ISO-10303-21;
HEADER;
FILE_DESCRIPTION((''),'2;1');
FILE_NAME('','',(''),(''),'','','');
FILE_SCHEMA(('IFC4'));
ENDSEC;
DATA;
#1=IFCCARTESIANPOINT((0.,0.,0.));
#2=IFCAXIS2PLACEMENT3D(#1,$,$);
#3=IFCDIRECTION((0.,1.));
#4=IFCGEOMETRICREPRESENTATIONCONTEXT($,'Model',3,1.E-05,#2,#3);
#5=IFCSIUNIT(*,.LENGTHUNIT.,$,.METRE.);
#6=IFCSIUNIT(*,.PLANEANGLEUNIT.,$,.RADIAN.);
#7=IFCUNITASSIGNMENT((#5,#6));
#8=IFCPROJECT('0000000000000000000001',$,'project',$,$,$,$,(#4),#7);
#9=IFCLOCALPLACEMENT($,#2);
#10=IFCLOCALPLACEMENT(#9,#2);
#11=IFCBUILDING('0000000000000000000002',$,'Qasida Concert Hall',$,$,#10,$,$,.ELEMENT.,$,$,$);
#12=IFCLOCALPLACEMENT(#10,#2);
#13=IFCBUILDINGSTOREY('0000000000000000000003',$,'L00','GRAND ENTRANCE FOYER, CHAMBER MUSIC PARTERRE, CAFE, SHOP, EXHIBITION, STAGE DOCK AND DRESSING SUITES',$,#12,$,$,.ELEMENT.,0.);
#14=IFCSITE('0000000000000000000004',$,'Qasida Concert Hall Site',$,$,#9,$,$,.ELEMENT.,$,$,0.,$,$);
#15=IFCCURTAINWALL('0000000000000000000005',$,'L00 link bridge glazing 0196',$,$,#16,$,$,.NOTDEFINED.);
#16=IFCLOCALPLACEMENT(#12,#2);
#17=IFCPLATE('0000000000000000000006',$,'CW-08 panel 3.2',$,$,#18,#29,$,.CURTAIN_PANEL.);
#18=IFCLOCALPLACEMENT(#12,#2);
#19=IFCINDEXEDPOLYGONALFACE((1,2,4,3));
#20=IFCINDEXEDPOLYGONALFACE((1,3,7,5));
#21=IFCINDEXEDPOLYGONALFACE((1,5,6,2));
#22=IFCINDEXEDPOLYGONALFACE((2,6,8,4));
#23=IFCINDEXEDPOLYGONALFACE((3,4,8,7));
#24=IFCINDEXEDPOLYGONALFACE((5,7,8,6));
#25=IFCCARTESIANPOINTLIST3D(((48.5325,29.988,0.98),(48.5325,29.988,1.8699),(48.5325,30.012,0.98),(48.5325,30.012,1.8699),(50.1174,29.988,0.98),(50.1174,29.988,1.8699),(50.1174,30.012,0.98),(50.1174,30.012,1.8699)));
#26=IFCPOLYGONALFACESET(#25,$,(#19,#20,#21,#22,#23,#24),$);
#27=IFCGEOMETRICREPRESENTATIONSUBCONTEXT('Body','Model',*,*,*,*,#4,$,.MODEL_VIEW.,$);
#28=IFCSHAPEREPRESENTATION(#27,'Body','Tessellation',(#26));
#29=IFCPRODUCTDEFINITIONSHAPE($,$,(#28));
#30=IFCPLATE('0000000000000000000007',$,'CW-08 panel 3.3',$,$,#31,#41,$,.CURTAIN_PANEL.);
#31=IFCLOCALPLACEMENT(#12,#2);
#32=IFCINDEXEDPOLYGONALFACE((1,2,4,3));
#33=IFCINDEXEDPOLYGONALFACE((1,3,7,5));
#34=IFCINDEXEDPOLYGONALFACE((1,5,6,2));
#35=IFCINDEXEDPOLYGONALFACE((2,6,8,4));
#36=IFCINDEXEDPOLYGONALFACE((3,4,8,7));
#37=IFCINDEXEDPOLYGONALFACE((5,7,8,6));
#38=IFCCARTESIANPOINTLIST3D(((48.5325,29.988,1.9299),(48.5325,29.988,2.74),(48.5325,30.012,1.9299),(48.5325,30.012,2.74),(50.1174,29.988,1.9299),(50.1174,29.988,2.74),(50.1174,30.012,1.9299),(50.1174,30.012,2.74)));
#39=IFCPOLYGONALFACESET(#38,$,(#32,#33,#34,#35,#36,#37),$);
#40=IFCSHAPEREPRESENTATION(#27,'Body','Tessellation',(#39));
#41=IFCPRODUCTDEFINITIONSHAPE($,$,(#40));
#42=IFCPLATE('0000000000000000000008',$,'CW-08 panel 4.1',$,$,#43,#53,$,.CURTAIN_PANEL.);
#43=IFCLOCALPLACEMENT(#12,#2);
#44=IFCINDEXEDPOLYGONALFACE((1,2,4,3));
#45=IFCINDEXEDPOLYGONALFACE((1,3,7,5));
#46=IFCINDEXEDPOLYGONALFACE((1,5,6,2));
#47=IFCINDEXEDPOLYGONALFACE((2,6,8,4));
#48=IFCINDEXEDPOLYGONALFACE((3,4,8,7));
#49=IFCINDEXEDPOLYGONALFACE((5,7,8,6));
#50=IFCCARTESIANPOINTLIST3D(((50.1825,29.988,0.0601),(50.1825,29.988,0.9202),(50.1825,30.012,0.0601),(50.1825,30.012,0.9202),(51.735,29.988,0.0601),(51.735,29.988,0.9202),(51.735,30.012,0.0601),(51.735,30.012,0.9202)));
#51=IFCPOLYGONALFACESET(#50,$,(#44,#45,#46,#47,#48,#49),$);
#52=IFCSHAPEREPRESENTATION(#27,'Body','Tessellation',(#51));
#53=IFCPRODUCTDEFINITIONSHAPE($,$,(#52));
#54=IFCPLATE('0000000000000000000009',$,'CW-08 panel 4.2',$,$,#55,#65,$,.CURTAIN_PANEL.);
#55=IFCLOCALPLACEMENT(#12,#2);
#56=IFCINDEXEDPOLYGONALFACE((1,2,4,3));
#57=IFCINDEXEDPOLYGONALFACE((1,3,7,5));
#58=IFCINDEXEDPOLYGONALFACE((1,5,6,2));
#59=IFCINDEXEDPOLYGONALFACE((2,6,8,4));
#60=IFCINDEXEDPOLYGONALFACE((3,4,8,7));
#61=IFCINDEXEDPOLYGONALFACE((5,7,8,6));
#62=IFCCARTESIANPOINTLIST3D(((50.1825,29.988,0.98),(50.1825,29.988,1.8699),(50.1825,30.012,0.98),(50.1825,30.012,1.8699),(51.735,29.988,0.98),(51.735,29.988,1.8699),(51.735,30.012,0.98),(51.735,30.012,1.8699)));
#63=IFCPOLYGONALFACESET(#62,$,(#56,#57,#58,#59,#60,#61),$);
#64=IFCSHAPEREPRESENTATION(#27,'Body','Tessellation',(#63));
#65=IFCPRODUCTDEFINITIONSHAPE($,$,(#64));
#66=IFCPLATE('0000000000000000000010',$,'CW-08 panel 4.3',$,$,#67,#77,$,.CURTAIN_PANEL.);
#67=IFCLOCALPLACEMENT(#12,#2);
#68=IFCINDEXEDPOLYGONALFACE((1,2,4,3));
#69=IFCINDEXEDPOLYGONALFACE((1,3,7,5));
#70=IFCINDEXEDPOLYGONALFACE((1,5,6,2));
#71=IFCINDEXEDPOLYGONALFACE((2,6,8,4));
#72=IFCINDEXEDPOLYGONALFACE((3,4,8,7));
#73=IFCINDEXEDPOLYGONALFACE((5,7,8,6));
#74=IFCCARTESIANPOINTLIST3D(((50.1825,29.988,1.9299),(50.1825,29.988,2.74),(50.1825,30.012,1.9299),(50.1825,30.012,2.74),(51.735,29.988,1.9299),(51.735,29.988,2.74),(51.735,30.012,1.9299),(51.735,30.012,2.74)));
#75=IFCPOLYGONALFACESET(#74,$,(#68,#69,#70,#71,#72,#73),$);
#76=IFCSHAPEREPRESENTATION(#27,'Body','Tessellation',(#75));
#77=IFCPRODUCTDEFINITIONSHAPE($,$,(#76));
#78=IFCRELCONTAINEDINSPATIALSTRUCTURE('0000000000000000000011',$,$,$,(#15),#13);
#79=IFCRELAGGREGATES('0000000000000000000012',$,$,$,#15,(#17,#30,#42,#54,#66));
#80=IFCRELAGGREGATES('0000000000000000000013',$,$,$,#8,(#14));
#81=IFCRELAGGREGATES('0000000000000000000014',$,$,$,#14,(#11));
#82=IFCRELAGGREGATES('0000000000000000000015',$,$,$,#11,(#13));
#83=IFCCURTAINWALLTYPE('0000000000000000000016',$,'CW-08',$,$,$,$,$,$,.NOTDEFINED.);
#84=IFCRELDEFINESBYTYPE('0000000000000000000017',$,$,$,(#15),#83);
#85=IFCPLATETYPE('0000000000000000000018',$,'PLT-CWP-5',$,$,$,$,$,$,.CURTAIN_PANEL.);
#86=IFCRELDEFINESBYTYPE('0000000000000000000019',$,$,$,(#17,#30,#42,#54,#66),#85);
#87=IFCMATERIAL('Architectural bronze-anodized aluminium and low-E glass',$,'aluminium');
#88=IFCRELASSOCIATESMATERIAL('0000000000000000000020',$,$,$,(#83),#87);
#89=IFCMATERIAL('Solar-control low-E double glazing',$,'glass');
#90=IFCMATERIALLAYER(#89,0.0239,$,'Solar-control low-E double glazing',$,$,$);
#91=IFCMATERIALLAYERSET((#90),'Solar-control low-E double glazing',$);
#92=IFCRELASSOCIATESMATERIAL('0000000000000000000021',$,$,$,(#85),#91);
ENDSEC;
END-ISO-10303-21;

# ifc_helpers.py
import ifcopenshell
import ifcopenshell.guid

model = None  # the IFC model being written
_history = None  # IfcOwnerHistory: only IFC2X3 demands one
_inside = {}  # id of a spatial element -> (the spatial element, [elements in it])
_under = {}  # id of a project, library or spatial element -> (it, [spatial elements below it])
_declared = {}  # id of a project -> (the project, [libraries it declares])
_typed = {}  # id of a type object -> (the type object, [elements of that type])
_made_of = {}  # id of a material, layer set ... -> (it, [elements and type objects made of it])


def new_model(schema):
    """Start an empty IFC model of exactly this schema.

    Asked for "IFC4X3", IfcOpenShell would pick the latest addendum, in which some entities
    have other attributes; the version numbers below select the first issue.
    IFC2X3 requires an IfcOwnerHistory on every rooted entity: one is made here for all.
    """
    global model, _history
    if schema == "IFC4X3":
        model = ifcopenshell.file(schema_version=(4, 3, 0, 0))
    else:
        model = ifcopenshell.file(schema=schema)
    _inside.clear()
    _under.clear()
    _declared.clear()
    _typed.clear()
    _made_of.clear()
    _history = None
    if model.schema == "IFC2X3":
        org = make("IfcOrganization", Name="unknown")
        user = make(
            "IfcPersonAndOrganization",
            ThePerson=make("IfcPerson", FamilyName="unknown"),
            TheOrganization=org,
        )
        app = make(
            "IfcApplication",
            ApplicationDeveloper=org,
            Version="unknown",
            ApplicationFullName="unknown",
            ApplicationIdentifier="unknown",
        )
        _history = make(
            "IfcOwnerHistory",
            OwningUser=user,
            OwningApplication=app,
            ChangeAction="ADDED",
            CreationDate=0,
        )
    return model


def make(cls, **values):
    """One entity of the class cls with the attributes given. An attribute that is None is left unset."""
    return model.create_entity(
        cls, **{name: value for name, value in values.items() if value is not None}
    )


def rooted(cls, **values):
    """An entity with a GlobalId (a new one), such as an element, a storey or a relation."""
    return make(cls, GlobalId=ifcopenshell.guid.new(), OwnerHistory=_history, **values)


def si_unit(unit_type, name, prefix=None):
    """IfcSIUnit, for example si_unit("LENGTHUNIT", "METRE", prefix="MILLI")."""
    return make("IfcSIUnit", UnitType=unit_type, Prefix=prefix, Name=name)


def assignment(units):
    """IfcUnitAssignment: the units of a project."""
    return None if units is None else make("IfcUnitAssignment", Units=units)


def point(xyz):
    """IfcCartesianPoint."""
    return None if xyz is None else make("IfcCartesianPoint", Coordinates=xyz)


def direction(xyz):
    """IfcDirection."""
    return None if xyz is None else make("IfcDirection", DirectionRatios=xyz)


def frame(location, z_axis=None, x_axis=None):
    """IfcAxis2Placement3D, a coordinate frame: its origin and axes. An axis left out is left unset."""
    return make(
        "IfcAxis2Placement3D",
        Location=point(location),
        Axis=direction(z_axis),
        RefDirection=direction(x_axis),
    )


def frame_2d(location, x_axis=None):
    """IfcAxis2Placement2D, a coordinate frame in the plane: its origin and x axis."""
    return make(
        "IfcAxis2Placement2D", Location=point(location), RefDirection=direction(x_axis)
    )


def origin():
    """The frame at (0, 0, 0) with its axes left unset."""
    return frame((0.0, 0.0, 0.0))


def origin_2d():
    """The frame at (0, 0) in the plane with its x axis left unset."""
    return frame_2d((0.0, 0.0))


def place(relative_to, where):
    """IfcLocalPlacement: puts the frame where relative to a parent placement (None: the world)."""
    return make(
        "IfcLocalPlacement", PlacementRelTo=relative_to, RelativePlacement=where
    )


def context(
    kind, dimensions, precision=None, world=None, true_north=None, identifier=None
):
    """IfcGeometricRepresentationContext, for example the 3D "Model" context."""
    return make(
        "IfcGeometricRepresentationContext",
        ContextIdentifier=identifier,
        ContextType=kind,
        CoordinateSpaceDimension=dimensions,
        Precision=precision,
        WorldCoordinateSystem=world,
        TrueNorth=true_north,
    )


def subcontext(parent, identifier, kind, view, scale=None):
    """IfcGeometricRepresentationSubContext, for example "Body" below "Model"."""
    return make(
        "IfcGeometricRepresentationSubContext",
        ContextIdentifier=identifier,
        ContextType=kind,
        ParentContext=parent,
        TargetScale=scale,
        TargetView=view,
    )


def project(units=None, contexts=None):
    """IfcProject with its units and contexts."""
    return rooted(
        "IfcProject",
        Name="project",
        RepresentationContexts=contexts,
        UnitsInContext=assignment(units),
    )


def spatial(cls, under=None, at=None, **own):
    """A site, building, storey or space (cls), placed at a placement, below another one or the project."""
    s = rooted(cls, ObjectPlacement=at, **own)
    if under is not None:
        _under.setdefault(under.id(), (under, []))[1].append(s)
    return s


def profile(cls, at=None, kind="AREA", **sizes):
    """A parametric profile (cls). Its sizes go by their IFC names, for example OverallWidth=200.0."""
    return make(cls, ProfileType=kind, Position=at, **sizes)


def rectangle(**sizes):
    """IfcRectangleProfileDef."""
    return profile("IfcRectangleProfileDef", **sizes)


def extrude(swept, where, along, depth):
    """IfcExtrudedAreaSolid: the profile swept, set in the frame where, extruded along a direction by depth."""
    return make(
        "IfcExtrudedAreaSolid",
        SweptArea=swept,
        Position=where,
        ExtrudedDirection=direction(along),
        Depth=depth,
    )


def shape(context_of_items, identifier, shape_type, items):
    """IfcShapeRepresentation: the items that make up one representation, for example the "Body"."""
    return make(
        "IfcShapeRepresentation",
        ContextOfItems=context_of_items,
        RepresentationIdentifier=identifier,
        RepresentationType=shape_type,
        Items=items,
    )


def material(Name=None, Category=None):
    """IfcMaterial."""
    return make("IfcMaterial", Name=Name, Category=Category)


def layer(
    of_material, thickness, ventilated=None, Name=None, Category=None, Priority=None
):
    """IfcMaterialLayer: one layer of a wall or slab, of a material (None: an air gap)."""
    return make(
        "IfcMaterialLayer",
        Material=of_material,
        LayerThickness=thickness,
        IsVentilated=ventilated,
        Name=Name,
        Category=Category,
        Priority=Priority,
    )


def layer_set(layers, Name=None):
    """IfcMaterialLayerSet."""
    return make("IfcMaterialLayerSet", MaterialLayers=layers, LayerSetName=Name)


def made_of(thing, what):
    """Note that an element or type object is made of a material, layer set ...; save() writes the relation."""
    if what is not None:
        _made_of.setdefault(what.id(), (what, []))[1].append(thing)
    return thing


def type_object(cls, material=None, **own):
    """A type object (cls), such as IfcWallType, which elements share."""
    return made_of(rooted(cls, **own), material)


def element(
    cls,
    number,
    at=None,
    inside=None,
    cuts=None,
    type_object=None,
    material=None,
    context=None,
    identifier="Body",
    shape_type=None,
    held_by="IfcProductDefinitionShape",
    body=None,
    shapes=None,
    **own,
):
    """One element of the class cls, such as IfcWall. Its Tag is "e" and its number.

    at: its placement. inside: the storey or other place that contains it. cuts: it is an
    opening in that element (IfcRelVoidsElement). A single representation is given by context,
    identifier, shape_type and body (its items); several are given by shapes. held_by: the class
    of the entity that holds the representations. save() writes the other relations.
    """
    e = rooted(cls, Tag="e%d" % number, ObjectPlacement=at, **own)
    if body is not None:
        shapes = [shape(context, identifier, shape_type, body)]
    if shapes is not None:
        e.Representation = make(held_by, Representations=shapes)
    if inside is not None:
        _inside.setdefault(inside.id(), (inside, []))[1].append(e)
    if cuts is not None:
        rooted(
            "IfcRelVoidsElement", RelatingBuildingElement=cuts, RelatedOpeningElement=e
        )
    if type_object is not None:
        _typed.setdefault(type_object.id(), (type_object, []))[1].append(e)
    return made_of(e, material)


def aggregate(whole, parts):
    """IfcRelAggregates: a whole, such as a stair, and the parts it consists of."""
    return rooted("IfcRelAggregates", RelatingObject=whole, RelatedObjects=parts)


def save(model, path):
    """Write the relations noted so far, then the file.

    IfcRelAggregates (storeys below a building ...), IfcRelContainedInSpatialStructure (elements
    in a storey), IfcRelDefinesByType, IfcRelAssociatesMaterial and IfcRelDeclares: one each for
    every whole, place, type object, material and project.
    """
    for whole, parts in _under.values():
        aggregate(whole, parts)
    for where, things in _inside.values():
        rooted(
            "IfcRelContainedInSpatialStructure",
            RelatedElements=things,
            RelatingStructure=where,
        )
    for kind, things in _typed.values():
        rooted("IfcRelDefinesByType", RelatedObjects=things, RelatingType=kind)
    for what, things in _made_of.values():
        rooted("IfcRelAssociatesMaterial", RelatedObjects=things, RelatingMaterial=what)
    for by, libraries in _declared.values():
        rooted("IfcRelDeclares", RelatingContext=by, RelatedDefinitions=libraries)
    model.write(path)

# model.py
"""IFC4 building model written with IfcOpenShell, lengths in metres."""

from ifc_helpers import new_model, si_unit, direction, frame, origin, origin_2d, place, context, subcontext, project, spatial, rectangle, extrude, material, layer, layer_set, type_object, element, aggregate, save


model = new_model("IFC4")

# Units and contexts
model_context = context("Model", 3, precision=1e-05, world=origin(), true_north=direction((0.0, 1.0)))
body_context = subcontext(model_context, "Body", "Model", "MODEL_VIEW")
ifc_project = project(units=[si_unit("LENGTHUNIT", "METRE"), si_unit("PLANEANGLEUNIT", "RADIAN")], contexts=[model_context])

# Site, building, storey
site_placement = place(None, origin())
site = spatial("IfcSite", under=ifc_project, at=site_placement, Name="Qasida Concert Hall Site", CompositionType="ELEMENT", RefElevation=0.0)
building_placement = place(site_placement, origin())
building = spatial("IfcBuilding", under=site, at=building_placement, Name="Qasida Concert Hall", CompositionType="ELEMENT")
storey_placement = place(building_placement, origin())
storey = spatial("IfcBuildingStorey", under=building, at=storey_placement, Name="L00", Description="GRAND ENTRANCE FOYER, CHAMBER MUSIC PARTERRE, CAFE, SHOP, EXHIBITION, STAGE DOCK AND DRESSING SUITES", CompositionType="ELEMENT", Elevation=0.0)

# Curtain wall, plates
ifc_material_1 = material(Name="Architectural bronze-anodized aluminium and low-E glass", Category="aluminium")
curtain_wall_type = type_object("IfcCurtainWallType", Name="CW-08", PredefinedType="NOTDEFINED", material=ifc_material_1)
curtain_wall_placement = place(storey_placement, origin())
curtain_wall = element("IfcCurtainWall", 1, at=curtain_wall_placement, inside=storey, type_object=curtain_wall_type, Name="L00 link bridge glazing 0196", PredefinedType="NOTDEFINED")
ifc_material_2 = material(Name="Solar-control low-E double glazing", Category="glass")
ifc_layer = layer(ifc_material_2, 0.0239, Name="Solar-control low-E double glazing")
ifc_layer_set = layer_set([ifc_layer], Name="Solar-control low-E double glazing")
plate_type = type_object("IfcPlateType", Name="PLT-CWP-5", PredefinedType="CURTAIN_PANEL", material=ifc_layer_set)
plate_1_placement = place(storey_placement, frame((49.325, 30.0, 0.98), z_axis=(0.0, 0.0, 1.0), x_axis=(1.0, 0.0, 0.0)))
plate_1 = element("IfcPlate", 2, at=plate_1_placement, type_object=plate_type, Name="CW-08 panel 3.2", PredefinedType="CURTAIN_PANEL", context=body_context, shape_type="SweptSolid", body=[
    extrude(rectangle(XDim=1.585, YDim=0.0239, at=origin_2d()), origin(), (0.0, 0.0, 1.0), 0.8899),
])
plate_2_placement = place(storey_placement, frame((49.325, 30.0, 1.9299), z_axis=(0.0, 0.0, 1.0), x_axis=(1.0, 0.0, 0.0)))
plate_2 = element("IfcPlate", 3, at=plate_2_placement, type_object=plate_type, Name="CW-08 panel 3.3", PredefinedType="CURTAIN_PANEL", context=body_context, shape_type="SweptSolid", body=[
    extrude(rectangle(XDim=1.585, YDim=0.0239, at=origin_2d()), origin(), (0.0, 0.0, 1.0), 0.8101),
])
plate_3_placement = place(storey_placement, frame((50.9587, 30.0, 0.0601), z_axis=(0.0, 0.0, 1.0), x_axis=(1.0, 0.0, 0.0)))
plate_3 = element("IfcPlate", 4, at=plate_3_placement, type_object=plate_type, Name="CW-08 panel 4.1", PredefinedType="CURTAIN_PANEL", context=body_context, shape_type="SweptSolid", body=[
    extrude(rectangle(XDim=1.5525, YDim=0.0239, at=origin_2d()), origin(), (0.0, 0.0, 1.0), 0.8601),
])
plate_4_placement = place(storey_placement, frame((50.9587, 30.0, 0.98), z_axis=(0.0, 0.0, 1.0), x_axis=(1.0, 0.0, 0.0)))
plate_4 = element("IfcPlate", 5, at=plate_4_placement, type_object=plate_type, Name="CW-08 panel 4.2", PredefinedType="CURTAIN_PANEL", context=body_context, shape_type="SweptSolid", body=[
    extrude(rectangle(XDim=1.5525, YDim=0.0239, at=origin_2d()), origin(), (0.0, 0.0, 1.0), 0.8899),
])
plate_5_placement = place(storey_placement, frame((50.9587, 30.0, 1.9299), z_axis=(0.0, 0.0, 1.0), x_axis=(1.0, 0.0, 0.0)))
plate_5 = element("IfcPlate", 6, at=plate_5_placement, type_object=plate_type, Name="CW-08 panel 4.3", PredefinedType="CURTAIN_PANEL", context=body_context, shape_type="SweptSolid", body=[
    extrude(rectangle(XDim=1.5525, YDim=0.0239, at=origin_2d()), origin(), (0.0, 0.0, 1.0), 0.8101),
])
aggregate(curtain_wall, [plate_1, plate_2, plate_3, plate_4, plate_5])

save(model, "model.ifc")
